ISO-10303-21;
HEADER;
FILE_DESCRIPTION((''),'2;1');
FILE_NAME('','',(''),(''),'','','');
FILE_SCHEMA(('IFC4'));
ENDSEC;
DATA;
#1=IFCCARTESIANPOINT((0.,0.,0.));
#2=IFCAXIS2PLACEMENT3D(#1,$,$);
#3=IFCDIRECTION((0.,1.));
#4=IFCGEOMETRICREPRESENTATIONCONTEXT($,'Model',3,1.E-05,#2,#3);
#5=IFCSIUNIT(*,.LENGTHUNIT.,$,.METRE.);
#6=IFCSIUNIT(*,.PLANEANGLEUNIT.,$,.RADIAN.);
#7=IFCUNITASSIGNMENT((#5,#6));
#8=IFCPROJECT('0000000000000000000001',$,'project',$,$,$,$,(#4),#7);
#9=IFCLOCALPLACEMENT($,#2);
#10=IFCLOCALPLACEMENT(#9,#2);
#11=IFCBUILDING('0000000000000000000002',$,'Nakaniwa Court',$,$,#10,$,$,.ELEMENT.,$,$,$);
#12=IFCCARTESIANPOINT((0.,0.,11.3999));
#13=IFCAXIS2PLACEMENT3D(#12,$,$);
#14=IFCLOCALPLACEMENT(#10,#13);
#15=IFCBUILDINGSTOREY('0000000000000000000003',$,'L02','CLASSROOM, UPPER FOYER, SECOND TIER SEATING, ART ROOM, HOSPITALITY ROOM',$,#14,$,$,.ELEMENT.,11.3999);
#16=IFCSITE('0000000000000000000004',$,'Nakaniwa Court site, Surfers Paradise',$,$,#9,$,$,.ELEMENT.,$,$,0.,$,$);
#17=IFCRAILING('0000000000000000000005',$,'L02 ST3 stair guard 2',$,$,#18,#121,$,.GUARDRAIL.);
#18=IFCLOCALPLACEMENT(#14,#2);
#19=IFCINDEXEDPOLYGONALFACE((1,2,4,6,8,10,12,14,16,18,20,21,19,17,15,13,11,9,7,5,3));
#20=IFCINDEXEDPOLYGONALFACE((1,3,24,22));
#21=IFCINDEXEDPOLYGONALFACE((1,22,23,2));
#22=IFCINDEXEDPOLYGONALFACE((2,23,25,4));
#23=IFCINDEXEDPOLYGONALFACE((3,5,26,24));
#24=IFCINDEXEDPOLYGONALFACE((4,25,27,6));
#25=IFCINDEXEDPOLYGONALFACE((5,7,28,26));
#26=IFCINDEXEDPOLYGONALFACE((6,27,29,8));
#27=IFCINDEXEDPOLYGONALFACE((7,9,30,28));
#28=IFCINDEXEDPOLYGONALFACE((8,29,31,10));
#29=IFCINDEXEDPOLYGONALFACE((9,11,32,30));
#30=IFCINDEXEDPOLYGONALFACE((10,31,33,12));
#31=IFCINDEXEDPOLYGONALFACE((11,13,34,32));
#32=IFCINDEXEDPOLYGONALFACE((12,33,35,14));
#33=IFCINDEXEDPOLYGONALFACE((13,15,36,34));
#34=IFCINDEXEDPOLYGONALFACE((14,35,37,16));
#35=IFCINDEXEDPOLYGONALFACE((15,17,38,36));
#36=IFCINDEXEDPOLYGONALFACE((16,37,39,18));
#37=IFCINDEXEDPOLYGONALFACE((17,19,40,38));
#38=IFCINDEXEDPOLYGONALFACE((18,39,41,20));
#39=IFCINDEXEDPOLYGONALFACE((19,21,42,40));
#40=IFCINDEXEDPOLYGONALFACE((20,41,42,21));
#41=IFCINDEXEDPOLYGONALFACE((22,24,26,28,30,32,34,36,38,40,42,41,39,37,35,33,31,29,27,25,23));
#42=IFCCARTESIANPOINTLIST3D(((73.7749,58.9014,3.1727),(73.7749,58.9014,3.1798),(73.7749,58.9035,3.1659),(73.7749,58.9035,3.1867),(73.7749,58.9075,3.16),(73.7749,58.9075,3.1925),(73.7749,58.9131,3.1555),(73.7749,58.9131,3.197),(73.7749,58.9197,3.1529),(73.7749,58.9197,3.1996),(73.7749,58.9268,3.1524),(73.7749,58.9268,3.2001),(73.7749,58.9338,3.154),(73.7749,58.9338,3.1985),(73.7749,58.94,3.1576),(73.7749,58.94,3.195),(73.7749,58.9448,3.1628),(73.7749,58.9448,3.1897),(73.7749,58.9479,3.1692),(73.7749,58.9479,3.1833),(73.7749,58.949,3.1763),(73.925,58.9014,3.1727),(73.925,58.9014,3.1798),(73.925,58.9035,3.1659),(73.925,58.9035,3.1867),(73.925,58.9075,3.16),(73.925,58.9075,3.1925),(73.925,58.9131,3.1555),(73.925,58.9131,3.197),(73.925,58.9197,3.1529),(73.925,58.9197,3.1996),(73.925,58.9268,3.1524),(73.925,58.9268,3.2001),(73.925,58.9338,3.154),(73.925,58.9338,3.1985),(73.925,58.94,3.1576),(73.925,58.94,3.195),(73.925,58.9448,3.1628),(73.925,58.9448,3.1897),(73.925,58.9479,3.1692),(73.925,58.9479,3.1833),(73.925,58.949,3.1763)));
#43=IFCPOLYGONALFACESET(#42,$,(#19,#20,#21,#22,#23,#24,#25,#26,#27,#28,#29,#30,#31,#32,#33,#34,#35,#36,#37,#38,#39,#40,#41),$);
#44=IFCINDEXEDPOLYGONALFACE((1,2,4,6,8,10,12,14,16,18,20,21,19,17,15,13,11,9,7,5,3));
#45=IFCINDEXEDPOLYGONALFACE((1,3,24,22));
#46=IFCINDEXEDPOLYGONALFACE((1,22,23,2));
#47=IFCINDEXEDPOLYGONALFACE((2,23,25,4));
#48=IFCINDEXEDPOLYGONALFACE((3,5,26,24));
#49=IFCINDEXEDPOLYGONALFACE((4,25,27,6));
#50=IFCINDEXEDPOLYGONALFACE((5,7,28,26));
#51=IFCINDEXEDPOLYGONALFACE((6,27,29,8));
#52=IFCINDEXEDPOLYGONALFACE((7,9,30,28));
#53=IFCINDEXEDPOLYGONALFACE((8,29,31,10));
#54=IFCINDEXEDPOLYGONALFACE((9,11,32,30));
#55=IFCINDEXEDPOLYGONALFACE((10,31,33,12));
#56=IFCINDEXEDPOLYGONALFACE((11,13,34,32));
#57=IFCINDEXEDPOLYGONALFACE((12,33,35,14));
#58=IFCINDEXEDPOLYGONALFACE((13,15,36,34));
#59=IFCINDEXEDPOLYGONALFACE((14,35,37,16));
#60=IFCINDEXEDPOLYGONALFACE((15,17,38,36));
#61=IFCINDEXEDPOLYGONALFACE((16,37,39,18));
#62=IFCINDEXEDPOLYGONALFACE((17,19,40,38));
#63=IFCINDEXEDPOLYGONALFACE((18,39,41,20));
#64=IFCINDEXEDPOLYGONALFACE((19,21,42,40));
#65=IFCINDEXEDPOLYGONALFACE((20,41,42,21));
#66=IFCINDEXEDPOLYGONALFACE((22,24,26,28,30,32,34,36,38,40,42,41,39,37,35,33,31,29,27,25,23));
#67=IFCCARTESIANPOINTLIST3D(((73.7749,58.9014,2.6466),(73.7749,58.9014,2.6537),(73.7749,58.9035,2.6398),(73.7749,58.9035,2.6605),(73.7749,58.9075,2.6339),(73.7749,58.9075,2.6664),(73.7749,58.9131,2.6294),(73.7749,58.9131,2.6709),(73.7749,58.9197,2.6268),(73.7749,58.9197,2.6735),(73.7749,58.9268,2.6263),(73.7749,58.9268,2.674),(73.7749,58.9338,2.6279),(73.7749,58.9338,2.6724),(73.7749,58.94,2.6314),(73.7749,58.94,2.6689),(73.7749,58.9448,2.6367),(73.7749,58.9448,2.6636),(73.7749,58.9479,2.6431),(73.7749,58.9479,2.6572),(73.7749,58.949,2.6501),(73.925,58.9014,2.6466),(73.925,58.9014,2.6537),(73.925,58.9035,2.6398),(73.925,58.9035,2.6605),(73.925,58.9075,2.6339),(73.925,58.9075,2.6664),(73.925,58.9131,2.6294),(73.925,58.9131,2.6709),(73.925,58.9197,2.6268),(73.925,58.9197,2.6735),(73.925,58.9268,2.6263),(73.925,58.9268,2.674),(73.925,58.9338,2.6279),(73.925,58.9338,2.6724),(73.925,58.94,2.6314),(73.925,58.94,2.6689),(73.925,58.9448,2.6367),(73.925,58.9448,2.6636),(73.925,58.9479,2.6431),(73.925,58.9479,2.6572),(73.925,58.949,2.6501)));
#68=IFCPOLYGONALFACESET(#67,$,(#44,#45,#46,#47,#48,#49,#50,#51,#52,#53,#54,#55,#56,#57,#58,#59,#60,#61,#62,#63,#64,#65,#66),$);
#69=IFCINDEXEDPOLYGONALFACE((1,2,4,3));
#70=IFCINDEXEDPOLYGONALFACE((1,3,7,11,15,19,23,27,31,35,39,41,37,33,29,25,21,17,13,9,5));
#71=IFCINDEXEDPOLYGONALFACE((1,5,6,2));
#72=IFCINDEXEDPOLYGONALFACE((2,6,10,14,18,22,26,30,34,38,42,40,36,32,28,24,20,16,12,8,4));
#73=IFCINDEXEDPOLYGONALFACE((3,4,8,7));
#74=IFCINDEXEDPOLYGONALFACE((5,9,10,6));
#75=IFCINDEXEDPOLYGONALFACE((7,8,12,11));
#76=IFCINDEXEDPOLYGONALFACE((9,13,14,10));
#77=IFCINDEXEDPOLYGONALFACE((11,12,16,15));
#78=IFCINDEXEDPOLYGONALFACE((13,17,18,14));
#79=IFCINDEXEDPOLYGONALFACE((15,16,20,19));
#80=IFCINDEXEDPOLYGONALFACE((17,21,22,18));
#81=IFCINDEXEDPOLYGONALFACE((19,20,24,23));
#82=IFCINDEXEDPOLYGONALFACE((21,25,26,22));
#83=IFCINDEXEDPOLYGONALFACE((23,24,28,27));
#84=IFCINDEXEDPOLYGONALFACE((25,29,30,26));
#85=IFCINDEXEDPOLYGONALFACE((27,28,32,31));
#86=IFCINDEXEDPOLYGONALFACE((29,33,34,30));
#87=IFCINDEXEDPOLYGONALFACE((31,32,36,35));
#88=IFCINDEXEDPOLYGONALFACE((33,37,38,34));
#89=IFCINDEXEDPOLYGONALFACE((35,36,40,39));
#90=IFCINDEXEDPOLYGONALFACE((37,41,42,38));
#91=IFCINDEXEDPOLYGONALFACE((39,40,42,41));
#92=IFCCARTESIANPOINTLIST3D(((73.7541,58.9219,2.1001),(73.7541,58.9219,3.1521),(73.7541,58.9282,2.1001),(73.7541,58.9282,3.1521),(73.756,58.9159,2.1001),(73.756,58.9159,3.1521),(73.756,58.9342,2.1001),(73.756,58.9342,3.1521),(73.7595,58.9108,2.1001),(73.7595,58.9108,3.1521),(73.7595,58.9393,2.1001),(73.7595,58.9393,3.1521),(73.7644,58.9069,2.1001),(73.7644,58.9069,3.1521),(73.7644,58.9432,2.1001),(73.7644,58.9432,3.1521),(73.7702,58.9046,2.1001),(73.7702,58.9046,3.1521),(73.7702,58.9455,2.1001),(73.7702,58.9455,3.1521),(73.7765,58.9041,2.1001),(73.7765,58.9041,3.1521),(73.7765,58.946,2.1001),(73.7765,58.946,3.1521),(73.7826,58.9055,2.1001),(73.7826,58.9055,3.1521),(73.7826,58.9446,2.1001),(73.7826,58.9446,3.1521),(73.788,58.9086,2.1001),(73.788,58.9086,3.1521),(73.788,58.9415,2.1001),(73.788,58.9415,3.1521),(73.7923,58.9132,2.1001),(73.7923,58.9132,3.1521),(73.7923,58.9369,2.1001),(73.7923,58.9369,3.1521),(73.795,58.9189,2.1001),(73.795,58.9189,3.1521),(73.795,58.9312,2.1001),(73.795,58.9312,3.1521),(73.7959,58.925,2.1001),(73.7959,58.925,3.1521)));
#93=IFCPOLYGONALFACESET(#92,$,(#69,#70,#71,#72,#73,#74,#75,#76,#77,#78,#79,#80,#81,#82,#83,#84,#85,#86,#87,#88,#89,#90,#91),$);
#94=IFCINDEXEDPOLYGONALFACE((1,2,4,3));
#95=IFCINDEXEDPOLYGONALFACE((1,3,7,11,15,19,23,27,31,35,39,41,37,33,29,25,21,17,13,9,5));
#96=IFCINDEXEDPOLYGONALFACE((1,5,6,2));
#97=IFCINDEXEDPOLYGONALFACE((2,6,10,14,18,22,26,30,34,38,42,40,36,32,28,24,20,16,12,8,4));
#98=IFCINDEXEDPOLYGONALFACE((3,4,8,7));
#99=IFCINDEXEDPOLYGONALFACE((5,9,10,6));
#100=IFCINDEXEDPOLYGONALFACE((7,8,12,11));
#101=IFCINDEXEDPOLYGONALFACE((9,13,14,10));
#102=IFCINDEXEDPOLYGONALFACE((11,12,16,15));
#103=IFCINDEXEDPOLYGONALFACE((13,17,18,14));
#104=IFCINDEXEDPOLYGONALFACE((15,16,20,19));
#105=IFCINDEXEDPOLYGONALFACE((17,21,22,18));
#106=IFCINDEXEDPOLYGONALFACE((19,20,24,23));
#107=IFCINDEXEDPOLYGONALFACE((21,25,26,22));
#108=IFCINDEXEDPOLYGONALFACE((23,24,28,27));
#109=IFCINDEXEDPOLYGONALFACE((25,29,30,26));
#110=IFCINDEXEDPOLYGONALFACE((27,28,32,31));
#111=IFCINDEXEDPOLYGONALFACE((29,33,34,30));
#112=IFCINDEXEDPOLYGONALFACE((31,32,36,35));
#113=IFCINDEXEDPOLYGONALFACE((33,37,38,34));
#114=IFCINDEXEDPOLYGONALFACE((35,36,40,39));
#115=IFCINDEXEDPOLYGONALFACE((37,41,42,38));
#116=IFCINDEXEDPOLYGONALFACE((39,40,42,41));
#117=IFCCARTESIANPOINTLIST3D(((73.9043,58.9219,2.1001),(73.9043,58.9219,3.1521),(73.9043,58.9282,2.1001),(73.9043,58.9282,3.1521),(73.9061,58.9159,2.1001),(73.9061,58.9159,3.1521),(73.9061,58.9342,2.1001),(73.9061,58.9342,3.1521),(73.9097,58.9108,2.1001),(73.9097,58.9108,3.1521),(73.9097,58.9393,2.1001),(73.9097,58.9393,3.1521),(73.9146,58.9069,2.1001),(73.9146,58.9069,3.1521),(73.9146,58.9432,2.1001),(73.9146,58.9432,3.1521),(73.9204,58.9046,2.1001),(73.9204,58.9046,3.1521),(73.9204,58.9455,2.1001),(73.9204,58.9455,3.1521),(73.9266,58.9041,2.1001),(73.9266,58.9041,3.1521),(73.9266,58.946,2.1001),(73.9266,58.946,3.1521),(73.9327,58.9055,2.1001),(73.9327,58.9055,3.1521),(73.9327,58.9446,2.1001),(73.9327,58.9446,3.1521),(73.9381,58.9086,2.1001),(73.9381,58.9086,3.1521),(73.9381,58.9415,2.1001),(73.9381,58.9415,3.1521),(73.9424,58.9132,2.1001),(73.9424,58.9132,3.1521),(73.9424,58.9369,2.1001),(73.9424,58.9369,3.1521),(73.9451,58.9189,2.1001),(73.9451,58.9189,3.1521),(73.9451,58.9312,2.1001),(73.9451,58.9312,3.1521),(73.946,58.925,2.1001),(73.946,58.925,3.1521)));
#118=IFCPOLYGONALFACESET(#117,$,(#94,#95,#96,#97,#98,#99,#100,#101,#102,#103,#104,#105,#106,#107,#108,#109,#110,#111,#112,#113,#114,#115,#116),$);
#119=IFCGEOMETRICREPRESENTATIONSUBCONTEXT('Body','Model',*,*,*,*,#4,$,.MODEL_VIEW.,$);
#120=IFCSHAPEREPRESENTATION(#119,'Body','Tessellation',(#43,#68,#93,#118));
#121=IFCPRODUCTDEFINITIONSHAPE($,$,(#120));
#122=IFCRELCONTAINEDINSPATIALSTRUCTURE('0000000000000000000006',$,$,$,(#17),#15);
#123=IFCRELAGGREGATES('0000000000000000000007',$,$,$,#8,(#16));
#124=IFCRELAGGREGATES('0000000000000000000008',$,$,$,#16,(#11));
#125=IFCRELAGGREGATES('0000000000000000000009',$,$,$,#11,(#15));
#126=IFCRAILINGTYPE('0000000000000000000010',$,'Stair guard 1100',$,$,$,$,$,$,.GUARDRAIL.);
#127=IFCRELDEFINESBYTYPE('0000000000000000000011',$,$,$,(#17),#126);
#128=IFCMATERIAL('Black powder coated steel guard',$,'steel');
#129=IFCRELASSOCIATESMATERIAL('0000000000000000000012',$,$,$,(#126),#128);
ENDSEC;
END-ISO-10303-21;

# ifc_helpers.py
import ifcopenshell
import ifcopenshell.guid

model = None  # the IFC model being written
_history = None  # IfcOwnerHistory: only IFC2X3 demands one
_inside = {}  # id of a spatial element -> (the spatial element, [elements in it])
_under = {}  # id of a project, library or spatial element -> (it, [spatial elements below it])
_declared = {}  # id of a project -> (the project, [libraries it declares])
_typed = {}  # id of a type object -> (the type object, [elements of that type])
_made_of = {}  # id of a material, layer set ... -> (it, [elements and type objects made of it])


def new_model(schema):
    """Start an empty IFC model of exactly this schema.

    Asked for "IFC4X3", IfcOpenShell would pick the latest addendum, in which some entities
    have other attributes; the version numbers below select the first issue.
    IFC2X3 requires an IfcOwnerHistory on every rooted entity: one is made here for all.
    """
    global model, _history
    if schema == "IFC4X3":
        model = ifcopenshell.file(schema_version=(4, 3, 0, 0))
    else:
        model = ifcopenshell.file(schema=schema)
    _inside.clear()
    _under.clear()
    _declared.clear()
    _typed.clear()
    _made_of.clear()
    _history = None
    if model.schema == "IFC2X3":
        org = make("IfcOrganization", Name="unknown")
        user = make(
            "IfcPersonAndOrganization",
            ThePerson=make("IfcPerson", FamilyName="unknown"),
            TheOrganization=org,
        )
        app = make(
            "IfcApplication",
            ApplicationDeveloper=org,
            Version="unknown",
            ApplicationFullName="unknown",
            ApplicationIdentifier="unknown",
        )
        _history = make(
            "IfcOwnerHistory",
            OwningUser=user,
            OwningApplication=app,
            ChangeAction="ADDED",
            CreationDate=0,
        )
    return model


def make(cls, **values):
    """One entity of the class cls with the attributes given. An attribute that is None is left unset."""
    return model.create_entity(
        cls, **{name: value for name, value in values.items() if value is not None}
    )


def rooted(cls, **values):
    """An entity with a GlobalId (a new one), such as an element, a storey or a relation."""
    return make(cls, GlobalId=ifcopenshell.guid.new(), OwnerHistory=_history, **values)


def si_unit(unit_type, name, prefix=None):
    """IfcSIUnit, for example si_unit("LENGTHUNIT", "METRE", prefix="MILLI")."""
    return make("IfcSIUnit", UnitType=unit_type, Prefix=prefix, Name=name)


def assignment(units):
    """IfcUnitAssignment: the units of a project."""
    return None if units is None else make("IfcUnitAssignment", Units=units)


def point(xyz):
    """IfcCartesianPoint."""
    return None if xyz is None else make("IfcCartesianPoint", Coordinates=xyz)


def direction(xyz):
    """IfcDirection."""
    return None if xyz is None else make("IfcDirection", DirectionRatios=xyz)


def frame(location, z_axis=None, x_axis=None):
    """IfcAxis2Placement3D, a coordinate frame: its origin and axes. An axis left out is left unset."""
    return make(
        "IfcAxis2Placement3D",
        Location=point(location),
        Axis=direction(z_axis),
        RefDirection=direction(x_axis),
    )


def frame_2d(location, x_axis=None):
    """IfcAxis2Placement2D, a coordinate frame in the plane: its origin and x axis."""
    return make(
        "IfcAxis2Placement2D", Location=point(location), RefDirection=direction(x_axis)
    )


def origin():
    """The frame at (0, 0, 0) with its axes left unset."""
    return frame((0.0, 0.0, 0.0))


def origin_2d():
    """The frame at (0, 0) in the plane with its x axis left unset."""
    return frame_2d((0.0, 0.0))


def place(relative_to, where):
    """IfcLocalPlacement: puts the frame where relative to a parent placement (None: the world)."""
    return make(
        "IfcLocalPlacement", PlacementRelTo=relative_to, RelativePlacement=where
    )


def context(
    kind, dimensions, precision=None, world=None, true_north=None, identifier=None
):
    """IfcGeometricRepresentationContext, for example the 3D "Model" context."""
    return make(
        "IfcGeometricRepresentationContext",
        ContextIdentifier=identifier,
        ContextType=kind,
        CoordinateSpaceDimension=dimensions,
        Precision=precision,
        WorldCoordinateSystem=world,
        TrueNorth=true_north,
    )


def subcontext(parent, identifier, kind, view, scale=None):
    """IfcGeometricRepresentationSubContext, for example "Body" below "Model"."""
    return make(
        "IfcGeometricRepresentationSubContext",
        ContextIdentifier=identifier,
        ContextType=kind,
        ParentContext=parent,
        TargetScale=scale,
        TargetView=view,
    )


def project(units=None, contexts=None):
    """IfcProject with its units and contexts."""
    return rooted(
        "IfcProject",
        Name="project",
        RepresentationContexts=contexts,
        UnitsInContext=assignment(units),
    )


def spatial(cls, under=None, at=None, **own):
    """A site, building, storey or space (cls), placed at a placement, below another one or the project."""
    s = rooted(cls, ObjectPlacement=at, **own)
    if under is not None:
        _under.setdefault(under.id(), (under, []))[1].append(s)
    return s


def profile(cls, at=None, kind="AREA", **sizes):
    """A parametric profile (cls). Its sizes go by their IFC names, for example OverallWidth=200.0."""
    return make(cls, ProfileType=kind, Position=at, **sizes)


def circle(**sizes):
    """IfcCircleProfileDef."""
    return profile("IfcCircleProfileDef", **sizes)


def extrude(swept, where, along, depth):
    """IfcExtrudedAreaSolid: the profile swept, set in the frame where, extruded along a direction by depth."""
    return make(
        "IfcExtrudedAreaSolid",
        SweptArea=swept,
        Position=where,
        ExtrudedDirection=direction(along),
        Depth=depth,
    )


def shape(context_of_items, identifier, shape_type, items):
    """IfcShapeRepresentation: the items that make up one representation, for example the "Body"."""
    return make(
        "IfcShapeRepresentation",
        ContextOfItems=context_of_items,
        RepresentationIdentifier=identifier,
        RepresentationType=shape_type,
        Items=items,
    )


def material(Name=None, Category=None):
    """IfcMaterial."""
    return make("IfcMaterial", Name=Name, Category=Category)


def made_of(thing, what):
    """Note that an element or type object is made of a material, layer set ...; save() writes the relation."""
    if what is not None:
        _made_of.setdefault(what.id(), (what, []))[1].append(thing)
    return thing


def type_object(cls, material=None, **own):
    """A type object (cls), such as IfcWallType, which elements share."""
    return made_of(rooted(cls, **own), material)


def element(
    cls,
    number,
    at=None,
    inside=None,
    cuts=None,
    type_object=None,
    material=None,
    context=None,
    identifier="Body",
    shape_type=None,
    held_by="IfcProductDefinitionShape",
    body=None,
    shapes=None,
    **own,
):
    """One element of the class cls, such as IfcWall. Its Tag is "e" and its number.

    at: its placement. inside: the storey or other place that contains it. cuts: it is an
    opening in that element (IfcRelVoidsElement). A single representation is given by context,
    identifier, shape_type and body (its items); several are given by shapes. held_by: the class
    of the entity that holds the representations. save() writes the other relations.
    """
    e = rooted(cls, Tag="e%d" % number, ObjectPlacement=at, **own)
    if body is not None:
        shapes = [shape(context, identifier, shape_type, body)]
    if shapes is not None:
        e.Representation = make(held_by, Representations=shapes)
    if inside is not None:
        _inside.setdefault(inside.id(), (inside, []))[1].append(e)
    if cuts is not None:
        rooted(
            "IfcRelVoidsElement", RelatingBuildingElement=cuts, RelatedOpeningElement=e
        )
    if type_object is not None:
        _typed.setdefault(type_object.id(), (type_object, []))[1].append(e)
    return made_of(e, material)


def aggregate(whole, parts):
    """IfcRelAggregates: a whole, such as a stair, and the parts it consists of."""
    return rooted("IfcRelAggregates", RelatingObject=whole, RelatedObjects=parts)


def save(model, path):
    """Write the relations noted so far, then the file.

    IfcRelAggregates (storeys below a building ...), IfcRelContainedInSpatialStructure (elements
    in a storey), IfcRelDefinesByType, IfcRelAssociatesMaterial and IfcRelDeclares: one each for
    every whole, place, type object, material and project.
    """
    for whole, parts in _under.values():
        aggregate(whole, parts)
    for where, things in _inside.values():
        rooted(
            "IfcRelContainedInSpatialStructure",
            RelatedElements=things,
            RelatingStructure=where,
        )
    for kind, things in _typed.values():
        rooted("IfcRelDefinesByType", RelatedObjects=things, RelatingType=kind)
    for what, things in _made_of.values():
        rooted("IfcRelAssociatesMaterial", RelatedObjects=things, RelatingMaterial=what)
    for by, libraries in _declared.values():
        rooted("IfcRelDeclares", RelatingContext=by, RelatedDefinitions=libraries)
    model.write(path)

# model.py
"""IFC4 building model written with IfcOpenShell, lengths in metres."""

from ifc_helpers import new_model, si_unit, direction, frame, origin, origin_2d, place, context, subcontext, project, spatial, circle, extrude, material, type_object, element, save


model = new_model("IFC4")

# Units and contexts
model_context = context("Model", 3, precision=1e-05, world=origin(), true_north=direction((0.0, 1.0)))
body_context = subcontext(model_context, "Body", "Model", "MODEL_VIEW")
ifc_project = project(units=[si_unit("LENGTHUNIT", "METRE"), si_unit("PLANEANGLEUNIT", "RADIAN")], contexts=[model_context])

# Site, building, storey
site_placement = place(None, origin())
site = spatial("IfcSite", under=ifc_project, at=site_placement, Name="Nakaniwa Court site, Surfers Paradise", CompositionType="ELEMENT", RefElevation=0.0)
building_placement = place(site_placement, origin())
building = spatial("IfcBuilding", under=site, at=building_placement, Name="Nakaniwa Court", CompositionType="ELEMENT")
storey_placement = place(building_placement, frame((0.0, 0.0, 11.3999)))
storey = spatial("IfcBuildingStorey", under=building, at=storey_placement, Name="L02", Description="CLASSROOM, UPPER FOYER, SECOND TIER SEATING, ART ROOM, HOSPITALITY ROOM", CompositionType="ELEMENT", Elevation=11.3999)

# Railing
ifc_material_1 = material(Name="Black powder coated steel guard", Category="steel")
railing_type_1 = type_object("IfcRailingType", Name="Stair guard 1100", PredefinedType="GUARDRAIL", material=ifc_material_1)
railing_1_placement = place(storey_placement, frame((73.7749, 58.925, 2.1001)))
element("IfcRailing", 1, at=railing_1_placement, inside=storey, type_object=railing_type_1, Name="L02 ST3 stair guard 2", PredefinedType="GUARDRAIL", context=body_context, shape_type="SweptSolid", body=[
    extrude(circle(Radius=0.0239, at=origin_2d()), frame((0.0, 0.0, 1.0762), z_axis=(1.0, 0.0, 0.0), x_axis=(0.0, 1.0, 0.0)), (0.0, 0.0, 1.0), 0.1501),
    extrude(circle(Radius=0.0239, at=origin_2d()), frame((0.0, 0.0, 0.55), z_axis=(1.0, 0.0, 0.0), x_axis=(0.0, 1.0, 0.0)), (0.0, 0.0, 1.0), 0.1501),
    extrude(circle(Radius=0.021, at=origin_2d()), origin(), (0.0, 0.0, 1.0), 1.052),
    extrude(circle(Radius=0.021, at=origin_2d()), frame((0.1501, 0.0, 0.0)), (0.0, 0.0, 1.0), 1.052),
])

save(model, "model.ifc")
